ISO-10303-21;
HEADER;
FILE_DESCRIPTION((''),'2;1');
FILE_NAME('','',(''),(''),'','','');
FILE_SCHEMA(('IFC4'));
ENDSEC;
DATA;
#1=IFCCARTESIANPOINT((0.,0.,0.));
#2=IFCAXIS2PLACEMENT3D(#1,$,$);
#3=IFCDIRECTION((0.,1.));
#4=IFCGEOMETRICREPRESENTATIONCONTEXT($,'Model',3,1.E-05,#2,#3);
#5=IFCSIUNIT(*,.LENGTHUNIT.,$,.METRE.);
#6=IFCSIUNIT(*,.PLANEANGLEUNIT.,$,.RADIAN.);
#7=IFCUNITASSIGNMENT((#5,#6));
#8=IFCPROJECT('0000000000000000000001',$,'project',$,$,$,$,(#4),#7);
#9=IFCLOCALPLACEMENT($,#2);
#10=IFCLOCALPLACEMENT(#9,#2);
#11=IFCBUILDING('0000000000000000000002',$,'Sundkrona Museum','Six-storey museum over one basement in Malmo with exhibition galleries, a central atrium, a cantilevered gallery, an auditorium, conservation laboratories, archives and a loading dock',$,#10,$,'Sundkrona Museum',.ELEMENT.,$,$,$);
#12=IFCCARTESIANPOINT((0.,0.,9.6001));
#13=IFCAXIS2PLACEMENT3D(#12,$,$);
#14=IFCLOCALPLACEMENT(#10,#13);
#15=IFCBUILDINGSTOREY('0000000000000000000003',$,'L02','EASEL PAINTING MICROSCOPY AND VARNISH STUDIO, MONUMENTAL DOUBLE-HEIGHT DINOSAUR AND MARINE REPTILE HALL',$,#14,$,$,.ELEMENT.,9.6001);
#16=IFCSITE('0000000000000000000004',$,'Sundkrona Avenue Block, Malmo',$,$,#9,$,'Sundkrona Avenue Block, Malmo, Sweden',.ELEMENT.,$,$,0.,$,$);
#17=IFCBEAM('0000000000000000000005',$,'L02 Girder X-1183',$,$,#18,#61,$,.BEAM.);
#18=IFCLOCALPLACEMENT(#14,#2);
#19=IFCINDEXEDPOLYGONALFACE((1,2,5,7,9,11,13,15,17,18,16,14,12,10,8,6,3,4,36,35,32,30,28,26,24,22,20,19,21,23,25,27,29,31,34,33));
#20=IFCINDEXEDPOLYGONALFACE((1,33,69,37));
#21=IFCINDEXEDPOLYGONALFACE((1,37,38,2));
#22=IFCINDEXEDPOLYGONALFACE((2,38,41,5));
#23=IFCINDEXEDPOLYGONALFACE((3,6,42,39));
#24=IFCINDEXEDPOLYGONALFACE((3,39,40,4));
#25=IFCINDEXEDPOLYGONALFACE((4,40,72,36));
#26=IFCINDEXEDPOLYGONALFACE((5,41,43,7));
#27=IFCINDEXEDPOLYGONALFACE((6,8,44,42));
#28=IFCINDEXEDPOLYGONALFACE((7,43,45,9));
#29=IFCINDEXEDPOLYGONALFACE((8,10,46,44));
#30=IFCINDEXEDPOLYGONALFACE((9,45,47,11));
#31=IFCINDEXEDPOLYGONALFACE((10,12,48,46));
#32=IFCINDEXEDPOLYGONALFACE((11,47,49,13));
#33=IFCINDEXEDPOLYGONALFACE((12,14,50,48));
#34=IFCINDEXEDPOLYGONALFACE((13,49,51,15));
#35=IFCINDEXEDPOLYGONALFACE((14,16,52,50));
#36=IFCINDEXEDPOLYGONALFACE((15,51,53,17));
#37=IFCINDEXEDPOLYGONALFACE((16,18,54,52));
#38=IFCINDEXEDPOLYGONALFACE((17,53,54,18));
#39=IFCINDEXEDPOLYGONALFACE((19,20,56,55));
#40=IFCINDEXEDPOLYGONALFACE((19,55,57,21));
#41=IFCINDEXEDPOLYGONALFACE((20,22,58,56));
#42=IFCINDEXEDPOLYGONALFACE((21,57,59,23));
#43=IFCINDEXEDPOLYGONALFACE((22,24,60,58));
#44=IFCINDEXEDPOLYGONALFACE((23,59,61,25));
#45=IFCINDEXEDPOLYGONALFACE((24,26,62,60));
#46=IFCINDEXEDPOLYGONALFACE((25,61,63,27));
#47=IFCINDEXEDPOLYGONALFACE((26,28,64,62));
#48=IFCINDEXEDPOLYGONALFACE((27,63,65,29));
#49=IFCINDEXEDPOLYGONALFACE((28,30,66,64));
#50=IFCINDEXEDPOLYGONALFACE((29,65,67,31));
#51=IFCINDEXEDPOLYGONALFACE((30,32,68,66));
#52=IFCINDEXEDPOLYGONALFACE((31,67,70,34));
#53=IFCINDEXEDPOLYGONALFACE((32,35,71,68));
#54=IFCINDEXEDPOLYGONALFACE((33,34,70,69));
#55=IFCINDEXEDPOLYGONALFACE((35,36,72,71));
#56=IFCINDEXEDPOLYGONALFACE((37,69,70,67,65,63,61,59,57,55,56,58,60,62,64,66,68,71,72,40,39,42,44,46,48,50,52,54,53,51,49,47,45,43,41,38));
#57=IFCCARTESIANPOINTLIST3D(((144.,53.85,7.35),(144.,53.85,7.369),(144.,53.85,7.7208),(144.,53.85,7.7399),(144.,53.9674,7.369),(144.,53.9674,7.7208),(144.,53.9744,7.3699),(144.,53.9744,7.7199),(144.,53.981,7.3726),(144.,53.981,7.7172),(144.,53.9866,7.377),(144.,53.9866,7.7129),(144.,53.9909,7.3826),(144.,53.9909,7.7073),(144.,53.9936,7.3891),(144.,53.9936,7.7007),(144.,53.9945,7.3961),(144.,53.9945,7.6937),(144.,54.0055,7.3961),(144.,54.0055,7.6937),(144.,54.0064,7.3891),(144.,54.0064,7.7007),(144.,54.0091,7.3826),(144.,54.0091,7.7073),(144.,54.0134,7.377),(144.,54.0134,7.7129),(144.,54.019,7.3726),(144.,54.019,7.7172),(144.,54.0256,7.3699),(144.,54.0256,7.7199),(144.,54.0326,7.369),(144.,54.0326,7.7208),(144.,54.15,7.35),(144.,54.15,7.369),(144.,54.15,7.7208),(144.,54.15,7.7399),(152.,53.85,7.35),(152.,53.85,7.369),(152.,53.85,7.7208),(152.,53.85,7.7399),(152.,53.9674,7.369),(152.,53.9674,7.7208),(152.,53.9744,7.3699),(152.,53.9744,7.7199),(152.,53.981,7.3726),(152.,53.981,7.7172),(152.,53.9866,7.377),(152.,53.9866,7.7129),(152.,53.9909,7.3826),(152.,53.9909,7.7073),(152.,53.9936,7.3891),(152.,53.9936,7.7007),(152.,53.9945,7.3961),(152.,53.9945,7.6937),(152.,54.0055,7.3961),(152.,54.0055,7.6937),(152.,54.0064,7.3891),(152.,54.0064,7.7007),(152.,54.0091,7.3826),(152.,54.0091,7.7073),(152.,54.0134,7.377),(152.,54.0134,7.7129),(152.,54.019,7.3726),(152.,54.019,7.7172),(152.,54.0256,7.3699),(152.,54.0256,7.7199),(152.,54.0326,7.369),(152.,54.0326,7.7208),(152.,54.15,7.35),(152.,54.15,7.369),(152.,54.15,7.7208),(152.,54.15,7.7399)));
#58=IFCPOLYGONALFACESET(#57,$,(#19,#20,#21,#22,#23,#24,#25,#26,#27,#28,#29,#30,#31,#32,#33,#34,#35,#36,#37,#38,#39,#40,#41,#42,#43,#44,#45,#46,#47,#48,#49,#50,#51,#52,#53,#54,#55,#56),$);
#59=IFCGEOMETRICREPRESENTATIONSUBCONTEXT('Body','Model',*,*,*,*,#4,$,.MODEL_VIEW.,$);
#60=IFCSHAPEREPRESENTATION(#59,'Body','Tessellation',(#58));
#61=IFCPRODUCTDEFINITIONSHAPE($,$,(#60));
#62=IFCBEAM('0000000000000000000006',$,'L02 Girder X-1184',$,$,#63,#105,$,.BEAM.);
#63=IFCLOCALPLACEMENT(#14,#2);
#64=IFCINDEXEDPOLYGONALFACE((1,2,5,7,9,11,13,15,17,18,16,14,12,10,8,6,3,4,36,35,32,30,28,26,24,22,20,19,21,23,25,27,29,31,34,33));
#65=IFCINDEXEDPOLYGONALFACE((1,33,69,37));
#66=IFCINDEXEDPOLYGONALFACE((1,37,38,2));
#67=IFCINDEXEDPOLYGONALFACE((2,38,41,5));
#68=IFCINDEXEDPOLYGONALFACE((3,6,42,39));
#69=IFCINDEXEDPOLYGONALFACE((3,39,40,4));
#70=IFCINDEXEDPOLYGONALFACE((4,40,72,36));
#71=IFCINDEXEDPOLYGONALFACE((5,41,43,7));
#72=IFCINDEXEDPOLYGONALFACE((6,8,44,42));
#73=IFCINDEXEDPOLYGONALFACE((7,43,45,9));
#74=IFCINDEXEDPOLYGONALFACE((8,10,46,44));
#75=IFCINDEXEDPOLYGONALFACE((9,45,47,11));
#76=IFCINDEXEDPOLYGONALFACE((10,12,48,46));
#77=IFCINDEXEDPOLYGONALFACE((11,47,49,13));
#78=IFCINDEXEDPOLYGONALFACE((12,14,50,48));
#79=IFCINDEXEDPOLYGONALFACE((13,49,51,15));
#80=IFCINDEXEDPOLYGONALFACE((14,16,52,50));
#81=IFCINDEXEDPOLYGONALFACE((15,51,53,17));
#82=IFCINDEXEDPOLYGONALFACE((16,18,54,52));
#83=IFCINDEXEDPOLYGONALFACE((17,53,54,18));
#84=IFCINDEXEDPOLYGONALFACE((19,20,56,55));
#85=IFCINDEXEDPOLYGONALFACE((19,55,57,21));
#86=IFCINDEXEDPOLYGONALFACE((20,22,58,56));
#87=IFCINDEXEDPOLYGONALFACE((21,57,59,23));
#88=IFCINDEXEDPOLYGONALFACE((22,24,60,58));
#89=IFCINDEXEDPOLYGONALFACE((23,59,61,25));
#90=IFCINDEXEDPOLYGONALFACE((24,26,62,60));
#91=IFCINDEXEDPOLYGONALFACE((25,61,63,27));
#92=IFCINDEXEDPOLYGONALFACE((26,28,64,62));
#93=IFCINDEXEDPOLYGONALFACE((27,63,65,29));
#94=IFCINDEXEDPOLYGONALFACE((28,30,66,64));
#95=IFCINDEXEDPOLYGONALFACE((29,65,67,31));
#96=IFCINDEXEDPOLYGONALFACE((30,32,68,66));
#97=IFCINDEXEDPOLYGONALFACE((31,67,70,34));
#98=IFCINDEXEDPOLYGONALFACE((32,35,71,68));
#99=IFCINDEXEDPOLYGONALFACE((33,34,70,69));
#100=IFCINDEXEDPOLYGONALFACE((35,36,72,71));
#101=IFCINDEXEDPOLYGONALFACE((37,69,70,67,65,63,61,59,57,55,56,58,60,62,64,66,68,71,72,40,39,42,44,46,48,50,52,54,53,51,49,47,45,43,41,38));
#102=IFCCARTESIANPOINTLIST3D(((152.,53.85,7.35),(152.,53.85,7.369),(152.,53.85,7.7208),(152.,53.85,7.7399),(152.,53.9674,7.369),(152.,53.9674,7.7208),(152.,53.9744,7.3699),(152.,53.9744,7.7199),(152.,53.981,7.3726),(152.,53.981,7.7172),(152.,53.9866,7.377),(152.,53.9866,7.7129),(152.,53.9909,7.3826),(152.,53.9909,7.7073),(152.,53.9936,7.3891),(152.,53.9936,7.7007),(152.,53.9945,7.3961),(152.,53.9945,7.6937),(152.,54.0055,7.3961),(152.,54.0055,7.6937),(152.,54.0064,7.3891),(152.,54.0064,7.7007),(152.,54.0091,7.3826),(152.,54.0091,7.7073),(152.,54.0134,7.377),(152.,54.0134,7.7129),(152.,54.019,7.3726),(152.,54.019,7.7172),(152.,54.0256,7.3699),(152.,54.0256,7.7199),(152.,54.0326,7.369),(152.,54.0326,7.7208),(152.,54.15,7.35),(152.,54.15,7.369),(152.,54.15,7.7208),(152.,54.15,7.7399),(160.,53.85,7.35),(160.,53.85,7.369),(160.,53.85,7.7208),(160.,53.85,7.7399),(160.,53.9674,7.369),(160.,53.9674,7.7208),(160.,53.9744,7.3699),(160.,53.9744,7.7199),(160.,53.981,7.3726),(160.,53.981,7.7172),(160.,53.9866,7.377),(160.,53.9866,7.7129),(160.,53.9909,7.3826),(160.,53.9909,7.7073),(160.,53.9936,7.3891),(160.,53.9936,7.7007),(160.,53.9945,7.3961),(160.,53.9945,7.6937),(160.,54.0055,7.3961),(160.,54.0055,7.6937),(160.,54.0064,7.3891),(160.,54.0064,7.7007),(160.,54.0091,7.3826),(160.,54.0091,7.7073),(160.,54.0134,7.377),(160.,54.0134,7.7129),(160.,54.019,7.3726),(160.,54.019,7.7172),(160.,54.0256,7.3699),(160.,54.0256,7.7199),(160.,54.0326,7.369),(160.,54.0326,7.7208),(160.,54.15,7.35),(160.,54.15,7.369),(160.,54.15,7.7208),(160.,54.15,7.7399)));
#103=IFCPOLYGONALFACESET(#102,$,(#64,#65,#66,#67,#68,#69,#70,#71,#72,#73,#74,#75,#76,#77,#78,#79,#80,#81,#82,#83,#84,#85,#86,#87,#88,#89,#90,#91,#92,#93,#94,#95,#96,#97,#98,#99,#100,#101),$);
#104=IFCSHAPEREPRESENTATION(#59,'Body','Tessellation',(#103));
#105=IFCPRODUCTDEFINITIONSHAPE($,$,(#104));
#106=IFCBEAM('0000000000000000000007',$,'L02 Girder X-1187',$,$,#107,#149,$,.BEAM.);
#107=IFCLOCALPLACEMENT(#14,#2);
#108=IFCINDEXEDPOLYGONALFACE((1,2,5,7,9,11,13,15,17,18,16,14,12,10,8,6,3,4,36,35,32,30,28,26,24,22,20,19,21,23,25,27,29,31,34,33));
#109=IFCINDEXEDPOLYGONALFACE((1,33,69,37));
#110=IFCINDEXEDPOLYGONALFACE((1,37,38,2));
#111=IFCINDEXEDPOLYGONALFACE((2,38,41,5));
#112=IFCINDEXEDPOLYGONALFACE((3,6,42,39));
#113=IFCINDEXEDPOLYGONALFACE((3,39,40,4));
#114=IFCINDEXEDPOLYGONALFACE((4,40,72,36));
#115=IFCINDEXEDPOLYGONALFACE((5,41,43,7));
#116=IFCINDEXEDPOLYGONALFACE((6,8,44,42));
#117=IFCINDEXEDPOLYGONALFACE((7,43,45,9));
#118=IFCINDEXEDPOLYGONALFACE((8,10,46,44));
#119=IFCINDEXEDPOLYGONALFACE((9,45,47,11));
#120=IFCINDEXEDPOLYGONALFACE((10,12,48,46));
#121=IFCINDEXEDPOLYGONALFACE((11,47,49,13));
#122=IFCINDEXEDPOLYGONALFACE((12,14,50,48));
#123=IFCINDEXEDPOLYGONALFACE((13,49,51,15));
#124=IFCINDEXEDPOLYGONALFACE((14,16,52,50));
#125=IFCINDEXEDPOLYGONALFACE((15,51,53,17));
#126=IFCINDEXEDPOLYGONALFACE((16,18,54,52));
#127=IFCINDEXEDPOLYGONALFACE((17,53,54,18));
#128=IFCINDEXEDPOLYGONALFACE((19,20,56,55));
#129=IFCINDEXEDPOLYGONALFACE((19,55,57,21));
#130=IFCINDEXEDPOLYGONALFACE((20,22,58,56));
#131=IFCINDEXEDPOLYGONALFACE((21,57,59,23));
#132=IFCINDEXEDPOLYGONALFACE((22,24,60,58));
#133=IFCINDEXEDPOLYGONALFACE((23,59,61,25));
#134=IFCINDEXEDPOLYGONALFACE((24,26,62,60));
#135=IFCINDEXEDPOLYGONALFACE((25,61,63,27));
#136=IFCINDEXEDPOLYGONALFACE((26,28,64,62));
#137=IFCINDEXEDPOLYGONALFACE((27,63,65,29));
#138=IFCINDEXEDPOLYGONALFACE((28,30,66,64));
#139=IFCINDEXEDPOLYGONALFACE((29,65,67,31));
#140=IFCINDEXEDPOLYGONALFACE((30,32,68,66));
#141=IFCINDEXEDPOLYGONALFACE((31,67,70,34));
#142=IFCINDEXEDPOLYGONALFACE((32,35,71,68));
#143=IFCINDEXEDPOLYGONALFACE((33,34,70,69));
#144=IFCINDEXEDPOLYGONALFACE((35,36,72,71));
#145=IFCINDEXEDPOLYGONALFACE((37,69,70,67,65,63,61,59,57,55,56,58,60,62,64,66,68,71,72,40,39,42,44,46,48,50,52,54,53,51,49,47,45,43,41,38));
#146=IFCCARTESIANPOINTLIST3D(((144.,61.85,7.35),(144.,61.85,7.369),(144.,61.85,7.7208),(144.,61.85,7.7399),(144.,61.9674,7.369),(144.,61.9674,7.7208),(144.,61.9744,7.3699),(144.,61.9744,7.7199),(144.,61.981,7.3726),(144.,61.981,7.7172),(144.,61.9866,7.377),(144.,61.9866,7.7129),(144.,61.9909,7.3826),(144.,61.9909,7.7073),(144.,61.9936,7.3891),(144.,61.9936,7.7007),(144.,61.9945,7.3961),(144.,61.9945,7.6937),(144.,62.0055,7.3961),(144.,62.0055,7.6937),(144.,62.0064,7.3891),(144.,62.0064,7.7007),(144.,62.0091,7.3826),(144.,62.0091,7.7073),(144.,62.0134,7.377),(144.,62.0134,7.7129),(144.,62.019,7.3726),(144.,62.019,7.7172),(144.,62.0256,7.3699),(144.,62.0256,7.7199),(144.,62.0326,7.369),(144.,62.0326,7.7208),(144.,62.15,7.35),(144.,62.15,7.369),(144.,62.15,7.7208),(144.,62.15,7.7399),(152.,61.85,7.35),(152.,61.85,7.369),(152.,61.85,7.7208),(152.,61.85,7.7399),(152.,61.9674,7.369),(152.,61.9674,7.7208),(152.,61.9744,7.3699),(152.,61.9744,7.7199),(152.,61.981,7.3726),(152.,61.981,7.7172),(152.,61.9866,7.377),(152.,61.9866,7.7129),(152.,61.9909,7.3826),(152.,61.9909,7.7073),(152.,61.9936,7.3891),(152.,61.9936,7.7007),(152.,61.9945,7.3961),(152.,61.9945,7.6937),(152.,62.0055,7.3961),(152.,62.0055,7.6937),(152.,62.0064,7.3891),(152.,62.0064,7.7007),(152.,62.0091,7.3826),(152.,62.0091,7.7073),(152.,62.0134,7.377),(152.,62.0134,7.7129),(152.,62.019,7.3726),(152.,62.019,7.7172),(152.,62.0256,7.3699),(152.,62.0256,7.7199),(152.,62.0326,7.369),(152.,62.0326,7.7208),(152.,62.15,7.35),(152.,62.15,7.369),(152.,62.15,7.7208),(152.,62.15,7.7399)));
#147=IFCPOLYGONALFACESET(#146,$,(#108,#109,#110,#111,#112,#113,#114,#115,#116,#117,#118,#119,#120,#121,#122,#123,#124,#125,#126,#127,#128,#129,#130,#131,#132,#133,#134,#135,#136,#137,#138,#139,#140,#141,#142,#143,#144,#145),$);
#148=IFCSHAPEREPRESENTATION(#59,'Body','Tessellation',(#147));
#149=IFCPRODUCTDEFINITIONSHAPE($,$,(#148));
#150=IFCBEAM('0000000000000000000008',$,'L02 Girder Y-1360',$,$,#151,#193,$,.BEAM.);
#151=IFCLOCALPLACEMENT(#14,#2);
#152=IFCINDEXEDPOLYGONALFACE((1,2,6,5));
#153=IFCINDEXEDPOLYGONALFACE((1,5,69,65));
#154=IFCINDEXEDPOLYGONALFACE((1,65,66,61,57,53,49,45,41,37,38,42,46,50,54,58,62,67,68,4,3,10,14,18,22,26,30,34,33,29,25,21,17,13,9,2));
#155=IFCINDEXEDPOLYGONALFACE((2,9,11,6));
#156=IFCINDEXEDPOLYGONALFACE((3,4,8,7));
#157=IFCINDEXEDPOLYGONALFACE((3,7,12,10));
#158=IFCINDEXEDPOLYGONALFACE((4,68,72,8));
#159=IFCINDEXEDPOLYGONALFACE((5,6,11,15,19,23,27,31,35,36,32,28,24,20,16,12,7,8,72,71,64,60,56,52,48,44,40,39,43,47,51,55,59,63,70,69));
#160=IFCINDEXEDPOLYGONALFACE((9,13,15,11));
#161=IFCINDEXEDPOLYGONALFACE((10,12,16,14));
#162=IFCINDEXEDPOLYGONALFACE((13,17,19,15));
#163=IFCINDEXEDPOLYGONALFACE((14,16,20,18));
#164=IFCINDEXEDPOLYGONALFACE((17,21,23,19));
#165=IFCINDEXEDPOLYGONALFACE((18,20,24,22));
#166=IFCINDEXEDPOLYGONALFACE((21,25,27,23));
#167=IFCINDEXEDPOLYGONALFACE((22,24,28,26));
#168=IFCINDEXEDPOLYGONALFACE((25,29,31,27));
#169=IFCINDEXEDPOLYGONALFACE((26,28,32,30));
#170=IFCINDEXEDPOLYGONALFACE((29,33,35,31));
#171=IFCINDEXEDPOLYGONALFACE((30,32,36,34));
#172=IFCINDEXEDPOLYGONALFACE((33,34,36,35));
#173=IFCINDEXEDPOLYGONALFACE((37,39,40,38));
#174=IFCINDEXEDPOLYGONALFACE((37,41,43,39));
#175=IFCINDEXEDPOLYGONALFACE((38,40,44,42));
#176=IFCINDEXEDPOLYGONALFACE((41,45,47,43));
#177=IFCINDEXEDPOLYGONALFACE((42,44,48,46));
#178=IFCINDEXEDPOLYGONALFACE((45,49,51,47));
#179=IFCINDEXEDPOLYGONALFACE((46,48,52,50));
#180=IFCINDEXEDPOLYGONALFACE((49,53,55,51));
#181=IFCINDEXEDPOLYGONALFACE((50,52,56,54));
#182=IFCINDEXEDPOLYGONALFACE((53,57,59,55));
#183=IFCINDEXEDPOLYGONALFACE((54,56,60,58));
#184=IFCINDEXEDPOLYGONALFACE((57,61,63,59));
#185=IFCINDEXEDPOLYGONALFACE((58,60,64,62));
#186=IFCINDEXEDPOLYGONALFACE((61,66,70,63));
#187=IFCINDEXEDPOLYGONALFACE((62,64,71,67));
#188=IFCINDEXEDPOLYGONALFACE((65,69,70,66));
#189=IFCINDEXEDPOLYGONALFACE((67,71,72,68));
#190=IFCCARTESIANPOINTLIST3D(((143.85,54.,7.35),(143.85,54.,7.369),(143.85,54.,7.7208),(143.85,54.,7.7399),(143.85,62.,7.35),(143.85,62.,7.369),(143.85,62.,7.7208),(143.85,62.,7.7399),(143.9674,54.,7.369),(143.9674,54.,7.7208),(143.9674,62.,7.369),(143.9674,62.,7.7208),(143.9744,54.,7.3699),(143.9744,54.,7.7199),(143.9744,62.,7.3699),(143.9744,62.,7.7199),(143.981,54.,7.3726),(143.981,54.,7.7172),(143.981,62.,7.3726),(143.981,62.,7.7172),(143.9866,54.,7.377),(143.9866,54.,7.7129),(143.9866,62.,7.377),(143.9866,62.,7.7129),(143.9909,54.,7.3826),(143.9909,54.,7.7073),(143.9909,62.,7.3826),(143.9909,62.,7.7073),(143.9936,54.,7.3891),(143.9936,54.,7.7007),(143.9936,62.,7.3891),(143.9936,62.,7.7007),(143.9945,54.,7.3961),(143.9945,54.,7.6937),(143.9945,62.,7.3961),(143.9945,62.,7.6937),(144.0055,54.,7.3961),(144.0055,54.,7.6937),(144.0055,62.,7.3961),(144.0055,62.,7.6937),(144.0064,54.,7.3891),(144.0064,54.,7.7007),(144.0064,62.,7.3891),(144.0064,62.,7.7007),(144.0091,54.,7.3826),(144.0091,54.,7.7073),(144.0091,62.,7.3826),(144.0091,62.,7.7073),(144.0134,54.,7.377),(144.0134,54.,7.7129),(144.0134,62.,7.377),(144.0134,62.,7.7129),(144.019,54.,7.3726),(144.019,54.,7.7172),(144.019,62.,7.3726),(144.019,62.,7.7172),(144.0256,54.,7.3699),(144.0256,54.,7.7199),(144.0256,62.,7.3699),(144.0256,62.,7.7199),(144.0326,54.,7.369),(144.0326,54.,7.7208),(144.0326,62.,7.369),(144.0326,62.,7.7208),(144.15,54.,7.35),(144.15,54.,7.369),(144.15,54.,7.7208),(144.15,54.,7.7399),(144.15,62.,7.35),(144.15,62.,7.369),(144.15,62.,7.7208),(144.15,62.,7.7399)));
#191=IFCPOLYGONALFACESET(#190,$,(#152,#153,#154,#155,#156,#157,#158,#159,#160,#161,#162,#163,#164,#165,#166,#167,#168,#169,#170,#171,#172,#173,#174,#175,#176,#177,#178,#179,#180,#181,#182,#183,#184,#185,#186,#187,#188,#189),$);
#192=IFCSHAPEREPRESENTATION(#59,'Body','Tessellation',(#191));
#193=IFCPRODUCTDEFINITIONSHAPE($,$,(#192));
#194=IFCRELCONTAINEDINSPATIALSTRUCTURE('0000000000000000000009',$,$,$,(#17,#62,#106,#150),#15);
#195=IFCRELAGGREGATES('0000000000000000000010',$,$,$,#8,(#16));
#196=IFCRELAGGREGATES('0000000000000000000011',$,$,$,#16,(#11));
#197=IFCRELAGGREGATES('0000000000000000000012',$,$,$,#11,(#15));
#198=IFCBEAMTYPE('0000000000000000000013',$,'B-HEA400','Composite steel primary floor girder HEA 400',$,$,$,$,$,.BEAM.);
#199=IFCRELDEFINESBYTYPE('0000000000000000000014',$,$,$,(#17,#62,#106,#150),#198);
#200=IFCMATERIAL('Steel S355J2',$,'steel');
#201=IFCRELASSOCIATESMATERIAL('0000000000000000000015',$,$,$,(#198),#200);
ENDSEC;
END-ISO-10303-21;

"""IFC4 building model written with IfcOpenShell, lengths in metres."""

from ifc_helpers import new_model, si_unit, direction, frame, origin, origin_2d, place, context, subcontext, project, spatial, i_section, extrude, material, material_profile, profile_set, type_object, element, save


model = new_model("IFC4")

# Units and contexts
model_context = context("Model", 3, precision=1e-05, world=origin(), true_north=direction((0.0, 1.0)))
body_context = subcontext(model_context, "Body", "Model", "MODEL_VIEW")
ifc_project = project(units=[si_unit("LENGTHUNIT", "METRE"), si_unit("PLANEANGLEUNIT", "RADIAN")], contexts=[model_context])

# Site, building, storey
site_placement = place(None, origin())
site = spatial("IfcSite", under=ifc_project, at=site_placement, Name="Sundkrona Avenue Block, Malmo", LongName="Sundkrona Avenue Block, Malmo, Sweden", CompositionType="ELEMENT", RefElevation=0.0)
building_placement = place(site_placement, origin())
building = spatial("IfcBuilding", under=site, at=building_placement, Name="Sundkrona Museum", Description="Six-storey museum over one basement in Malmo with exhibition galleries, a central atrium, a cantilevered gallery, an auditorium, conservation laboratories, archives and a loading dock", LongName="Sundkrona Museum", CompositionType="ELEMENT")
storey_placement = place(building_placement, frame((0.0, 0.0, 9.6001)))
storey = spatial("IfcBuildingStorey", under=building, at=storey_placement, Name="L02", Description="EASEL PAINTING MICROSCOPY AND VARNISH STUDIO, MONUMENTAL DOUBLE-HEIGHT DINOSAUR AND MARINE REPTILE HALL", CompositionType="ELEMENT", Elevation=9.6001)

# Shared definitions
ifc_material_1 = material(Name="Steel S355J2", Category="steel")

# Beams
ifc_material_profile_1 = material_profile(ifc_material_1, i_section(OverallWidth=0.3, OverallDepth=0.3899, WebThickness=0.011, FlangeThickness=0.019, FilletRadius=0.0271, at=origin_2d()), Name="HEA 400")
ifc_profile_set_1 = profile_set([ifc_material_profile_1], Name="Steel S355J2")
beam_type_1 = type_object("IfcBeamType", Name="B-HEA400", Description="Composite steel primary floor girder HEA 400", PredefinedType="BEAM", material=ifc_profile_set_1)
for number, where, z_axis, x_axis, name in (
    (1, (144.0, 54.0, 7.5449), (1.0, 0.0, 0.0), (0.0, 1.0, 0.0), "L02 Girder X-1183"),
    (2, (152.0, 54.0, 7.5449), (1.0, 0.0, 0.0), (0.0, 1.0, 0.0), "L02 Girder X-1184"),
    (3, (144.0, 62.0, 7.5449), (1.0, 0.0, 0.0), (0.0, 1.0, 0.0), "L02 Girder X-1187"),
    (4, (144.0, 54.0, 7.5449), (0.0, 1.0, 0.0), (-1.0, 0.0, 0.0), "L02 Girder Y-1360"),
):
    element("IfcBeam", number, at=place(storey_placement, frame(where, z_axis=z_axis, x_axis=x_axis)), inside=storey, type_object=beam_type_1, Name=name, PredefinedType="BEAM", context=body_context, shape_type="SweptSolid", body=[
        extrude(i_section(OverallWidth=0.3, OverallDepth=0.3899, WebThickness=0.011, FlangeThickness=0.019, FilletRadius=0.0271, at=origin_2d()), origin(), (0.0, 0.0, 1.0), 8.0),
    ])

save(model, "model.ifc")
